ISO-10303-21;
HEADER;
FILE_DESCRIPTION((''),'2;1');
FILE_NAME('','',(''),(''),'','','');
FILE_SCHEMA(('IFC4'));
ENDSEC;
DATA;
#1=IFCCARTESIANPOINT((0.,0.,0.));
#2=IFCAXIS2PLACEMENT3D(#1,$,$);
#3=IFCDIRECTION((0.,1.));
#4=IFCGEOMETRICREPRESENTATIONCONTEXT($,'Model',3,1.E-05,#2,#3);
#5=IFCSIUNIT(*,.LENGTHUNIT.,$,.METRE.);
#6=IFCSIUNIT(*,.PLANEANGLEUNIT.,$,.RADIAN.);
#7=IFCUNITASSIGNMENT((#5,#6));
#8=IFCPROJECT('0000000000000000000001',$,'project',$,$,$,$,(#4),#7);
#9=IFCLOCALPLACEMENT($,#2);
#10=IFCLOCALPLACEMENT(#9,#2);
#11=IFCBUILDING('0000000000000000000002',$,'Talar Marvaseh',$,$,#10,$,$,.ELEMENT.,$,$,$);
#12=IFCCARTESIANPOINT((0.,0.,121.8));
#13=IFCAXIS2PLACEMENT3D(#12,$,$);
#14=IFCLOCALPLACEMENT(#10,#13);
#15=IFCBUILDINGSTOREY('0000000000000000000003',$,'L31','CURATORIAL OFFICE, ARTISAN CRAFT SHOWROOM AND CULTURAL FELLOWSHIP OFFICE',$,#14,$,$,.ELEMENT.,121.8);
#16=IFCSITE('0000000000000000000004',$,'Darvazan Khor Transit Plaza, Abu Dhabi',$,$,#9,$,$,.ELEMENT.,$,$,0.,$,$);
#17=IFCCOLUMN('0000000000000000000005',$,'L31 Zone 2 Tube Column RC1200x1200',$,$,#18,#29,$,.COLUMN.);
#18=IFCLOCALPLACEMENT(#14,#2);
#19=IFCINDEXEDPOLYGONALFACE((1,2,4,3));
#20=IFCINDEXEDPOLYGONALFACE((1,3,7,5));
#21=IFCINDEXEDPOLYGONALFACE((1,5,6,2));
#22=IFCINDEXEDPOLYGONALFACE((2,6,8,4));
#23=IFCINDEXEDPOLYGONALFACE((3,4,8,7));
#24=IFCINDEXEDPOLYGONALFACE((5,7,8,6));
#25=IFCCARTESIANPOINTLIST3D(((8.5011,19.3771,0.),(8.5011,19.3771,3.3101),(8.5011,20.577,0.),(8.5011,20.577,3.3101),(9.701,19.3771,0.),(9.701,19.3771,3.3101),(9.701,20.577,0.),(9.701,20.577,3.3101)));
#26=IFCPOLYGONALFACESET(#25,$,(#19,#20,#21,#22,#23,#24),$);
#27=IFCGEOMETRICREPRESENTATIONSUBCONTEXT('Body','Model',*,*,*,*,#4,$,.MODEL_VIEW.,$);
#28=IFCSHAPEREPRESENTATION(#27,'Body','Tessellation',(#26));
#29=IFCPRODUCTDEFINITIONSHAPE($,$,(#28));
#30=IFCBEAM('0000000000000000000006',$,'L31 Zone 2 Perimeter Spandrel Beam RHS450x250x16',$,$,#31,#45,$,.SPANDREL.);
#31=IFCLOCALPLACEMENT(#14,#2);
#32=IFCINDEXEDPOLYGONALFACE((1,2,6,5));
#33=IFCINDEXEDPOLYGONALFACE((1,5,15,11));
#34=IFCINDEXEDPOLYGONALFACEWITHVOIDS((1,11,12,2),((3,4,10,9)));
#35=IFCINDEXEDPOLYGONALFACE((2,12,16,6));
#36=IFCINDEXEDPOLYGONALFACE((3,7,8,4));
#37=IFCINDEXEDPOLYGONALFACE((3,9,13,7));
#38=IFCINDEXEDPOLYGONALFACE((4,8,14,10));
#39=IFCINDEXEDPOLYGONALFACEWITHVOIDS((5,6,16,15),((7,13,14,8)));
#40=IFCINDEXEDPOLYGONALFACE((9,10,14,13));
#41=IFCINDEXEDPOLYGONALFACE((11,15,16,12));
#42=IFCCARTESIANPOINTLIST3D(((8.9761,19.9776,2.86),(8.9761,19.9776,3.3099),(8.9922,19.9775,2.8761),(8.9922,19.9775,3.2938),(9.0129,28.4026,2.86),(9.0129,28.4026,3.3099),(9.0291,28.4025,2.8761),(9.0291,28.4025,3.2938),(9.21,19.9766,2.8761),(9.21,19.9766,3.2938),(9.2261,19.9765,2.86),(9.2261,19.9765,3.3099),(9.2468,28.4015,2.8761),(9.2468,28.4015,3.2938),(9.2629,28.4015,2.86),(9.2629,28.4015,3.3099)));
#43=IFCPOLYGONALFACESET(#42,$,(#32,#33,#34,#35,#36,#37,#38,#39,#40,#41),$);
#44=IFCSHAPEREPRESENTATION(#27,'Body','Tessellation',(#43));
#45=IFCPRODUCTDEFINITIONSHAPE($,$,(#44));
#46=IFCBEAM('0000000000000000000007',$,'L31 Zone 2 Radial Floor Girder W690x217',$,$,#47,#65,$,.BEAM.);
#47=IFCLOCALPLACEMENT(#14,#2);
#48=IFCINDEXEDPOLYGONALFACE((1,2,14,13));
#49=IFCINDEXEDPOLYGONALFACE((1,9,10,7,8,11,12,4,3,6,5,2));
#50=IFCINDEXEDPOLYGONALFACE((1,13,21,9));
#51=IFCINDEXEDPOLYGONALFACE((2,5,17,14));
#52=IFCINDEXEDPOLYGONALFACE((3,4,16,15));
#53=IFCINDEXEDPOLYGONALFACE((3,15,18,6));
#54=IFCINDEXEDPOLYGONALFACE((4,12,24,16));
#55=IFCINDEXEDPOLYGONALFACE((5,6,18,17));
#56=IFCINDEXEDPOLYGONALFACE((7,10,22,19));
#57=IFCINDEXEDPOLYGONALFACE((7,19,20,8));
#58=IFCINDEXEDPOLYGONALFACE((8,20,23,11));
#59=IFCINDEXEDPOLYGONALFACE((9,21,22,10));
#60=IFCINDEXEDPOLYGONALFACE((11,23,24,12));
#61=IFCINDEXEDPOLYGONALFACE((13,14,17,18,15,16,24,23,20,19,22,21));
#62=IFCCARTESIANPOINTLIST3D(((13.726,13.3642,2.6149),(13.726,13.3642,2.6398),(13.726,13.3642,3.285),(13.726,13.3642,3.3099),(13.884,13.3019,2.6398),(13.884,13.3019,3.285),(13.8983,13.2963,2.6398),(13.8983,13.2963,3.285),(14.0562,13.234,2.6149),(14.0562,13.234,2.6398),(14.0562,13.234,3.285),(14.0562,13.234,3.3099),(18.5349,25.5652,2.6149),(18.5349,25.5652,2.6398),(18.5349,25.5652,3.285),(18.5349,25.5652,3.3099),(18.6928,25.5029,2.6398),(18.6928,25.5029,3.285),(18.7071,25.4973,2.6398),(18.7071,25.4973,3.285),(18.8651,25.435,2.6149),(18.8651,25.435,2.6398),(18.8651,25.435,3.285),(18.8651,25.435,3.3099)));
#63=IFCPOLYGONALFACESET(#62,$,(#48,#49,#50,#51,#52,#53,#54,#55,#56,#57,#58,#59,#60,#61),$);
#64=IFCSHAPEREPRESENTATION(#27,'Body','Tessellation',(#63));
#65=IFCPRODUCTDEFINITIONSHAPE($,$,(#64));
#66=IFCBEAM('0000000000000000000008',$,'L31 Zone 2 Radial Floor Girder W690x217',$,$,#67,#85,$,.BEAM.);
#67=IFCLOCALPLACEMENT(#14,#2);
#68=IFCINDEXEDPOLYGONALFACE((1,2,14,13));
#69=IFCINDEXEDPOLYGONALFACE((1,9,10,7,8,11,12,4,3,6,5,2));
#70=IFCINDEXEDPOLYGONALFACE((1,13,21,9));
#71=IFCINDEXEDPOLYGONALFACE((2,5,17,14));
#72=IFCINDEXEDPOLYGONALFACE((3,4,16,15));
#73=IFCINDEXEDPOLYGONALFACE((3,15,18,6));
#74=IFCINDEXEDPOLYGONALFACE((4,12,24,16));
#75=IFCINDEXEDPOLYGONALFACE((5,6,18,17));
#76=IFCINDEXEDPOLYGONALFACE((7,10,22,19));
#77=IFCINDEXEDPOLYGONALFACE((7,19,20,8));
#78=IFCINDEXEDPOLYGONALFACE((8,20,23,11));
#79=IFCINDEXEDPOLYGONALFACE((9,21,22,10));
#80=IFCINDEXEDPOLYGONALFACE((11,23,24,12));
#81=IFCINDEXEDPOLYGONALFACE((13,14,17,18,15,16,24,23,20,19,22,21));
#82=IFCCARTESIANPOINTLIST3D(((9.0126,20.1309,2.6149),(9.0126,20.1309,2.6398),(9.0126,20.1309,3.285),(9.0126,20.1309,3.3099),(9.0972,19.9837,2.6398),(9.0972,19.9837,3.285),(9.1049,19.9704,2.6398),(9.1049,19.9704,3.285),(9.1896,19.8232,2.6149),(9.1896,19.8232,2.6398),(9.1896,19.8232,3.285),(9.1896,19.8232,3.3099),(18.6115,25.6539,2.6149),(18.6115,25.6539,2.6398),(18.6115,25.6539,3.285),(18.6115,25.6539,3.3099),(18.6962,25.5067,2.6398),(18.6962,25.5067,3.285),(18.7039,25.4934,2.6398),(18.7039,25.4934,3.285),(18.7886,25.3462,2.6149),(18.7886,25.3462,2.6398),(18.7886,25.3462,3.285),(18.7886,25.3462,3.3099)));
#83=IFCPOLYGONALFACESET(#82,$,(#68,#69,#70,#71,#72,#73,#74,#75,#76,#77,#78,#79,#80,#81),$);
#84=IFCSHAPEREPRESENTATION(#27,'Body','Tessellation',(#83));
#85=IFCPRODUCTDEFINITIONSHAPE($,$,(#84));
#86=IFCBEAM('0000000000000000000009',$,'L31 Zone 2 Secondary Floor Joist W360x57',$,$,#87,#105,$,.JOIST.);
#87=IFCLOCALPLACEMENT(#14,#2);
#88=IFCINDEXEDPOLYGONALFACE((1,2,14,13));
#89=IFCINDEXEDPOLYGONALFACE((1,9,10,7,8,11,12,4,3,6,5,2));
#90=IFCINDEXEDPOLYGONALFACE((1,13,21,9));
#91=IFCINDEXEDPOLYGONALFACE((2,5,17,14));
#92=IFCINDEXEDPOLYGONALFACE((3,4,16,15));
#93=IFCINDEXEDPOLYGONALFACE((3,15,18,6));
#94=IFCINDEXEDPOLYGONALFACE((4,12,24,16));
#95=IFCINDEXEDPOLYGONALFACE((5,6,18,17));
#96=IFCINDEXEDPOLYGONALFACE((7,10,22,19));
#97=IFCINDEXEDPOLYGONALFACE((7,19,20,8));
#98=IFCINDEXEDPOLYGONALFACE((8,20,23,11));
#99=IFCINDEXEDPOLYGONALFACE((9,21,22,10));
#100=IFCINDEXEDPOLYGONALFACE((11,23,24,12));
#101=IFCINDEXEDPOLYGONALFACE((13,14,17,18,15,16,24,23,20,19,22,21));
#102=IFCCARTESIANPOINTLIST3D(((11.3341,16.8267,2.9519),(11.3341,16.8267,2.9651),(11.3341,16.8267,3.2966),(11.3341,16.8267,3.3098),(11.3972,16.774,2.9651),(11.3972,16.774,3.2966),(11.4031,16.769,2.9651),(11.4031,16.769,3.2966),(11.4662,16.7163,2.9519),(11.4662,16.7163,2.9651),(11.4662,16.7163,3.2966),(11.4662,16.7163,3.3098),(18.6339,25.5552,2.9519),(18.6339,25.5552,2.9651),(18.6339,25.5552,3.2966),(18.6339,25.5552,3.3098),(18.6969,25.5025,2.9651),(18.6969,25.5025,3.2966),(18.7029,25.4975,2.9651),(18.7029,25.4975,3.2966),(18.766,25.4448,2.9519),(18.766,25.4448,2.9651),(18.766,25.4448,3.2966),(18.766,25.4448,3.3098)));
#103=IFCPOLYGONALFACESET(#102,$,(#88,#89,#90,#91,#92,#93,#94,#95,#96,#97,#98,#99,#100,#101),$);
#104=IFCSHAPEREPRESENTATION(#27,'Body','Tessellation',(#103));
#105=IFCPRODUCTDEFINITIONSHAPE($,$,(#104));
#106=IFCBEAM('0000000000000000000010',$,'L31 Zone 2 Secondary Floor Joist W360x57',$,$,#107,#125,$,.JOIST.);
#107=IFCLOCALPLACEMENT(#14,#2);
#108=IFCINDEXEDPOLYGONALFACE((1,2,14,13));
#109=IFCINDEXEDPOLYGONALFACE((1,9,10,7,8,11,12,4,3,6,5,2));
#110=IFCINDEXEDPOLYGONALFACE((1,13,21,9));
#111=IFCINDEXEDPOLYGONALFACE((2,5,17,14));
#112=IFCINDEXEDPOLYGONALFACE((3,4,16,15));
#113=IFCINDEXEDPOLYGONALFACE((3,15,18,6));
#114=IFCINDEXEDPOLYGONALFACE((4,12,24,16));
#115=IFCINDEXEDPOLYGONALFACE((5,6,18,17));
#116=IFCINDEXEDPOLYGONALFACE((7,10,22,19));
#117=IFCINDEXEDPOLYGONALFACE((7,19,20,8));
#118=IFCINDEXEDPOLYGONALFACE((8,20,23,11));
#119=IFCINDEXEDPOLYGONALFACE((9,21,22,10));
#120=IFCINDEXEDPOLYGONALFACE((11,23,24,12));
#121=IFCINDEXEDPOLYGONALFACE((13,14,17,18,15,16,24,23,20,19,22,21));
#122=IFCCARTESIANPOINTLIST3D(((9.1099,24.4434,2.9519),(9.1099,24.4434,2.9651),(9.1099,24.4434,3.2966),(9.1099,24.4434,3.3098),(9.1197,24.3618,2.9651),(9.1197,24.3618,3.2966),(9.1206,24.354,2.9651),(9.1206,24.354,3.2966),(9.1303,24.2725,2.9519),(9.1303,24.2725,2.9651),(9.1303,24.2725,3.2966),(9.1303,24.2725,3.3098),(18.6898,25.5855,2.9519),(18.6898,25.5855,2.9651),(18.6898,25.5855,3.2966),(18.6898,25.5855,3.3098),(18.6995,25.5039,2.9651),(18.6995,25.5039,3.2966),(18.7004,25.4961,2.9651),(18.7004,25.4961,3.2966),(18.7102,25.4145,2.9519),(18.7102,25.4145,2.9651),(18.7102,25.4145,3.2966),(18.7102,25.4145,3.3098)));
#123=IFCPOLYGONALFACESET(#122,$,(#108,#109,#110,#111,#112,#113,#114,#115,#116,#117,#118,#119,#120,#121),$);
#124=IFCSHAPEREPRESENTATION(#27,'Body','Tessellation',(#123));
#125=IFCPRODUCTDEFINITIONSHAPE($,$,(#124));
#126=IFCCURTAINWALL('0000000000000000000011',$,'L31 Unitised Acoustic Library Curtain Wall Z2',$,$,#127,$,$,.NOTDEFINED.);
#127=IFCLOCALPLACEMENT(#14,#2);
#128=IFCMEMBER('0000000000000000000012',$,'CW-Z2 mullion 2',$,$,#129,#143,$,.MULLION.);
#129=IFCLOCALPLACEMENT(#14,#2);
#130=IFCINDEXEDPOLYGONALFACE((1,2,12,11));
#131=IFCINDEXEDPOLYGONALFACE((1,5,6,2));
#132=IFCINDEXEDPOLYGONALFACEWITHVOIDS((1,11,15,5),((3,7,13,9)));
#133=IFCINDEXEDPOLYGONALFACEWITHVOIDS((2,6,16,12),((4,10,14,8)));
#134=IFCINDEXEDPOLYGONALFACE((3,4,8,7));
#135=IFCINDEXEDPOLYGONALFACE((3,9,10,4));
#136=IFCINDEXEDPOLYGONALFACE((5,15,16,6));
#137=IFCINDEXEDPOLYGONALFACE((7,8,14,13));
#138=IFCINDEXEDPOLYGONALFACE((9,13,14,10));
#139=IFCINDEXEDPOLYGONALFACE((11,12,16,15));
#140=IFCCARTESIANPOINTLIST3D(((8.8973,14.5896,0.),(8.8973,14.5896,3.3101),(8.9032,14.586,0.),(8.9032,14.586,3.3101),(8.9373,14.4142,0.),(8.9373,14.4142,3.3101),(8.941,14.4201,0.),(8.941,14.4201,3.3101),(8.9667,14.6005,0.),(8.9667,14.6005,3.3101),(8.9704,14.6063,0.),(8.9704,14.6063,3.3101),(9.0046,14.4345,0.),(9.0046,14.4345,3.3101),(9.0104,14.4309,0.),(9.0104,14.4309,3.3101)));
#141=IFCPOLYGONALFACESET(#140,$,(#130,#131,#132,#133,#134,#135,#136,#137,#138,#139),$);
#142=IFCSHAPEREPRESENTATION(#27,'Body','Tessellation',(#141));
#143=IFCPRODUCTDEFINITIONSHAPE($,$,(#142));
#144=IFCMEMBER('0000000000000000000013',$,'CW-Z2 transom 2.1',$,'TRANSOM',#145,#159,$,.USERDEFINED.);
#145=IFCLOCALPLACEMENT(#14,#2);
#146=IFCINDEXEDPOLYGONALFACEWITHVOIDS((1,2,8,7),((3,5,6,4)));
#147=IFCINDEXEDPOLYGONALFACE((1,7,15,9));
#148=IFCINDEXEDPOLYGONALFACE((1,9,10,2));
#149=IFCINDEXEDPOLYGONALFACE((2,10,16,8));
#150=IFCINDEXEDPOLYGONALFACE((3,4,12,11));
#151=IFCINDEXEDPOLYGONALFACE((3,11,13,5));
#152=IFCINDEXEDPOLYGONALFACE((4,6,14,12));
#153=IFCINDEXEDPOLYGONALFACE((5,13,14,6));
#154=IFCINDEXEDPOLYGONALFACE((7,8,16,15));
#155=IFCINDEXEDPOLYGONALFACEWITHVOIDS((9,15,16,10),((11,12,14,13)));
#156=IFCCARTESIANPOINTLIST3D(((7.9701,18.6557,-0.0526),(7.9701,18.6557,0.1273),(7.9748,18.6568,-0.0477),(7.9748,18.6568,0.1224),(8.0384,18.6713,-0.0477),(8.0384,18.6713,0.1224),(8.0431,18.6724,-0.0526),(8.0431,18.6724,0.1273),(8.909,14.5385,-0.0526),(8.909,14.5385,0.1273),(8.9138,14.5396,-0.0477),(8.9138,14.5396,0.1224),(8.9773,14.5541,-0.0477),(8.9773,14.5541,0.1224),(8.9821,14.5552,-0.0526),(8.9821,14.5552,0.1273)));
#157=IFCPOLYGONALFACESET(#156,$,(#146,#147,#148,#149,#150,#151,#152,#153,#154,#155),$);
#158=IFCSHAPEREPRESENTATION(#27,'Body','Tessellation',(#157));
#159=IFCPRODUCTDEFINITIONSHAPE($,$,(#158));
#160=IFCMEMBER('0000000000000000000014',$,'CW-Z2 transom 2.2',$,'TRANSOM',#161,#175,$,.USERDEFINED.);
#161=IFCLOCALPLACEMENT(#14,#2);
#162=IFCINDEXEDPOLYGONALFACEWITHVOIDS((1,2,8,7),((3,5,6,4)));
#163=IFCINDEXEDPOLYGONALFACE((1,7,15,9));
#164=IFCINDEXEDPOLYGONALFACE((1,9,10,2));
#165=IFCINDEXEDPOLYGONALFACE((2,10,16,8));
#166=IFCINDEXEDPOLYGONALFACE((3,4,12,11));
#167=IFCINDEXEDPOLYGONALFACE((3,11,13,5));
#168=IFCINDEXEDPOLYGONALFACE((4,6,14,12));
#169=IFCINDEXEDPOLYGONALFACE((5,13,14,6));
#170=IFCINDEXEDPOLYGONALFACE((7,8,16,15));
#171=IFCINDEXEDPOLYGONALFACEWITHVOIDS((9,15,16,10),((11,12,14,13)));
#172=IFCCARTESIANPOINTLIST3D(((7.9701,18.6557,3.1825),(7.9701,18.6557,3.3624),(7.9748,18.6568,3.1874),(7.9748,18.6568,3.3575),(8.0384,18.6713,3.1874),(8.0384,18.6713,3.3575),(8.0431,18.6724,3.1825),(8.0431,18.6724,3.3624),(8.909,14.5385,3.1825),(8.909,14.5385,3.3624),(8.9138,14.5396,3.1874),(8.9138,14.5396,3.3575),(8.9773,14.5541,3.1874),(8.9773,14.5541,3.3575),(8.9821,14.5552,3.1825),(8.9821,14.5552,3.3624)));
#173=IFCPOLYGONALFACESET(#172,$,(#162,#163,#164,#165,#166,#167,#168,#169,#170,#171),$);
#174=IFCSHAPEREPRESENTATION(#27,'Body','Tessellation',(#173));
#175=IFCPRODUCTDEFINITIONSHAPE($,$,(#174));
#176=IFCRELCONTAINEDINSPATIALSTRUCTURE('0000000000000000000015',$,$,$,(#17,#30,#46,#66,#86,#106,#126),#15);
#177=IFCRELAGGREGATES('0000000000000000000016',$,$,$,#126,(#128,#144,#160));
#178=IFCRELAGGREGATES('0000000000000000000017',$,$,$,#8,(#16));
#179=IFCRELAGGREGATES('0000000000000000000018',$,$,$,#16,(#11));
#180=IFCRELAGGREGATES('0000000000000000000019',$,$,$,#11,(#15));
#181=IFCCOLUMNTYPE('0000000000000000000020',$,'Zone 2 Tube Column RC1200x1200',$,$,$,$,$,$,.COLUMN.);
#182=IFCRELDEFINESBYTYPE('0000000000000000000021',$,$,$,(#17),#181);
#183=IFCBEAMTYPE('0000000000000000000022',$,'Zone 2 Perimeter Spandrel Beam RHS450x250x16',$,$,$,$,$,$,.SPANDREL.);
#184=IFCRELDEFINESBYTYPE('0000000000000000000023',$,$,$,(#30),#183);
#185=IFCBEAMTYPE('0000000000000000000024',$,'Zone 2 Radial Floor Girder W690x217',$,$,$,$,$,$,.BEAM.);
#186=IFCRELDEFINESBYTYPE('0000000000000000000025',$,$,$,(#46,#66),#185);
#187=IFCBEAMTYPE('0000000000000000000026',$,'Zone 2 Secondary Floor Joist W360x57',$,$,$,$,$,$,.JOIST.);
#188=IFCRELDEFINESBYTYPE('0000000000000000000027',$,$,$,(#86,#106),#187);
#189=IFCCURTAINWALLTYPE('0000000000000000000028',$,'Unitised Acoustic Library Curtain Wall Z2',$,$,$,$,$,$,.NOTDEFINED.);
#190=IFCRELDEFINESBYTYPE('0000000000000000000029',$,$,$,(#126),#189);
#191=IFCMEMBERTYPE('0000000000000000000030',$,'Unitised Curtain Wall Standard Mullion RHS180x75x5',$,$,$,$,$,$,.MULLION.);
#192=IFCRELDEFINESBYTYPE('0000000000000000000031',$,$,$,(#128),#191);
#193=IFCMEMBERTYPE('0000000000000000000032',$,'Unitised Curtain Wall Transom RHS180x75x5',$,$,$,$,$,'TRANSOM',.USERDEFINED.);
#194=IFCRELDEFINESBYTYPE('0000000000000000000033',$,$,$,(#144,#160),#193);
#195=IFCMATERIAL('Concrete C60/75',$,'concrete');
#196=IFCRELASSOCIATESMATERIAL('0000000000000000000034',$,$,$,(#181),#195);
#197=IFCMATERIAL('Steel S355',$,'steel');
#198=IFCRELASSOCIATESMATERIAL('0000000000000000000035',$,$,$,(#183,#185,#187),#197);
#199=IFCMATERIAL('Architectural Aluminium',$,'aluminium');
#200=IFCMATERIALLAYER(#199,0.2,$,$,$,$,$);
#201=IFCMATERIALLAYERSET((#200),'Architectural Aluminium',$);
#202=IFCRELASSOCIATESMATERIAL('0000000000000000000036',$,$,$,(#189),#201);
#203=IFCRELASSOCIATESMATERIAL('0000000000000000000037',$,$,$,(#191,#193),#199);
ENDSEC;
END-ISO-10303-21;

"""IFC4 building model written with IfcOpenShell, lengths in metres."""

from ifc_helpers import new_model, si_unit, direction, frame, origin, origin_2d, place, context, subcontext, project, spatial, rectangle, hollow_rectangle, i_section, extrude, source, transform, mapped, material, layer, layer_set, material_profile, profile_set, type_object, type_shapes, element, aggregate, save


model = new_model("IFC4")

# Units and contexts
model_context = context("Model", 3, precision=1e-05, world=origin(), true_north=direction((0.0, 1.0)))
body_context = subcontext(model_context, "Body", "Model", "MODEL_VIEW")
ifc_project = project(units=[si_unit("LENGTHUNIT", "METRE"), si_unit("PLANEANGLEUNIT", "RADIAN")], contexts=[model_context])

# Site, building, storey
site_placement = place(None, origin())
site = spatial("IfcSite", under=ifc_project, at=site_placement, Name="Darvazan Khor Transit Plaza, Abu Dhabi", CompositionType="ELEMENT", RefElevation=0.0)
building_placement = place(site_placement, origin())
building = spatial("IfcBuilding", under=site, at=building_placement, Name="Talar Marvaseh", CompositionType="ELEMENT")
storey_placement = place(building_placement, frame((0.0, 0.0, 121.8)))
storey = spatial("IfcBuildingStorey", under=building, at=storey_placement, Name="L31", Description="CURATORIAL OFFICE, ARTISAN CRAFT SHOWROOM AND CULTURAL FELLOWSHIP OFFICE", CompositionType="ELEMENT", Elevation=121.8)

# Column
ifc_material_1 = material(Name="Concrete C60/75", Category="concrete")
ifc_material_profile_1 = material_profile(ifc_material_1, rectangle(XDim=1.2, YDim=1.2, at=origin_2d()), Name="RC1200x1200")
ifc_profile_set_1 = profile_set([ifc_material_profile_1], Name="Concrete C60/75")
column_type = type_object("IfcColumnType", Name="Zone 2 Tube Column RC1200x1200", PredefinedType="COLUMN", material=ifc_profile_set_1)
column_placement = place(storey_placement, frame((9.1011, 19.9771, 0.0), z_axis=(0.0, 0.0, 1.0), x_axis=(1.0, 0.0, 0.0)))
element("IfcColumn", 1, at=column_placement, inside=storey, type_object=column_type, Name="L31 Zone 2 Tube Column RC1200x1200", PredefinedType="COLUMN", context=body_context, shape_type="SweptSolid", body=[
    extrude(rectangle(XDim=1.2, YDim=1.2, at=origin_2d()), origin(), (0.0, 0.0, 1.0), 3.3101),
])

# Beams
ifc_material_2 = material(Name="Steel S355", Category="steel")
ifc_material_profile_2 = material_profile(ifc_material_2, hollow_rectangle(XDim=0.25, YDim=0.45, WallThickness=0.0161, at=origin_2d()), Name="RHS450x250x16")
ifc_profile_set_2 = profile_set([ifc_material_profile_2], Name="Steel S355")
beam_type_1 = type_object("IfcBeamType", Name="Zone 2 Perimeter Spandrel Beam RHS450x250x16", PredefinedType="SPANDREL", material=ifc_profile_set_2)
beam_1_placement = place(storey_placement, frame((9.1011, 19.9771, 3.085), z_axis=(0.004376, 0.99999, 0.0), x_axis=(-0.99999, 0.004376, 0.0)))
element("IfcBeam", 2, at=beam_1_placement, inside=storey, type_object=beam_type_1, Name="L31 Zone 2 Perimeter Spandrel Beam RHS450x250x16", PredefinedType="SPANDREL", context=body_context, shape_type="SweptSolid", body=[
    extrude(hollow_rectangle(XDim=0.25, YDim=0.45, WallThickness=0.0161, at=origin_2d()), origin(), (0.0, 0.0, 1.0), 8.425),
])
ifc_material_profile_3 = material_profile(ifc_material_2, i_section(OverallWidth=0.355, OverallDepth=0.6951, WebThickness=0.0154, FlangeThickness=0.0249, at=origin_2d()), Name="W690x217")
ifc_profile_set_3 = profile_set([ifc_material_profile_3], Name="Steel S355")
beam_type_2 = type_object("IfcBeamType", Name="Zone 2 Radial Floor Girder W690x217", PredefinedType="BEAM", material=ifc_profile_set_3)
beam_2_placement = place(storey_placement, frame((13.8911, 13.2991, 2.9624), z_axis=(0.366684, 0.930346, 0.0), x_axis=(-0.930346, 0.366684, 0.0)))
element("IfcBeam", 3, at=beam_2_placement, inside=storey, type_object=beam_type_2, Name="L31 Zone 2 Radial Floor Girder W690x217", PredefinedType="BEAM", context=body_context, shape_type="SweptSolid", body=[
    extrude(i_section(OverallWidth=0.355, OverallDepth=0.6951, WebThickness=0.0154, FlangeThickness=0.0249, at=origin_2d()), origin(), (0.0, 0.0, 1.0), 13.1145),
])
beam_3_placement = place(storey_placement, frame((9.1011, 19.9771, 2.9624), z_axis=(0.866766, 0.498715, 0.0), x_axis=(-0.498715, 0.866766, 0.0)))
element("IfcBeam", 4, at=beam_3_placement, inside=storey, type_object=beam_type_2, Name="L31 Zone 2 Radial Floor Girder W690x217", PredefinedType="BEAM", context=body_context, shape_type="SweptSolid", body=[
    extrude(i_section(OverallWidth=0.355, OverallDepth=0.6951, WebThickness=0.0154, FlangeThickness=0.0249, at=origin_2d()), origin(), (0.0, 0.0, 1.0), 11.0745),
])
ifc_material_profile_4 = material_profile(ifc_material_2, i_section(OverallWidth=0.1721, OverallDepth=0.3579, WebThickness=0.0078, FlangeThickness=0.0132, at=origin_2d()), Name="W360x57")
ifc_profile_set_4 = profile_set([ifc_material_profile_4], Name="Steel S355")
beam_type_3 = type_object("IfcBeamType", Name="Zone 2 Secondary Floor Joist W360x57", PredefinedType="JOIST", material=ifc_profile_set_4)
beam_4_placement = place(storey_placement, frame((11.4001, 16.7715, 3.1309), z_axis=(0.641534, 0.767095, 0.0), x_axis=(-0.767095, 0.641534, 0.0)))
element("IfcBeam", 5, at=beam_4_placement, inside=storey, type_object=beam_type_3, Name="L31 Zone 2 Secondary Floor Joist W360x57", PredefinedType="JOIST", context=body_context, shape_type="SweptSolid", body=[
    extrude(i_section(OverallWidth=0.1721, OverallDepth=0.3579, WebThickness=0.0078, FlangeThickness=0.0132, at=origin_2d()), origin(), (0.0, 0.0, 1.0), 11.3787),
])
beam_5_placement = place(storey_placement, frame((9.1201, 24.3579, 3.1309), z_axis=(0.992968, 0.11838, 0.0), x_axis=(-0.11838, 0.992968, 0.0)))
element("IfcBeam", 6, at=beam_5_placement, inside=storey, type_object=beam_type_3, Name="L31 Zone 2 Secondary Floor Joist W360x57", PredefinedType="JOIST", context=body_context, shape_type="SweptSolid", body=[
    extrude(i_section(OverallWidth=0.1721, OverallDepth=0.3579, WebThickness=0.0078, FlangeThickness=0.0132, at=origin_2d()), origin(), (0.0, 0.0, 1.0), 9.6477),
])

# Curtain wall, members
ifc_material_3 = material(Name="Architectural Aluminium", Category="aluminium")
ifc_layer_1 = layer(ifc_material_3, 0.2)
ifc_layer_set_1 = layer_set([ifc_layer_1], Name="Architectural Aluminium")
curtain_wall_type = type_object("IfcCurtainWallType", Name="Unitised Acoustic Library Curtain Wall Z2", PredefinedType="NOTDEFINED", material=ifc_layer_set_1)
curtain_wall_placement = place(storey_placement, origin())
curtain_wall = element("IfcCurtainWall", 7, at=curtain_wall_placement, inside=storey, type_object=curtain_wall_type, Name="L31 Unitised Acoustic Library Curtain Wall Z2", PredefinedType="NOTDEFINED")
ifc_material_profile_5 = material_profile(ifc_material_3, hollow_rectangle(XDim=0.075, YDim=0.1799, WallThickness=0.0049, at=origin_2d()), Name="RHS180x75x5")
ifc_profile_set_5 = profile_set([ifc_material_profile_5], Name="Architectural Aluminium")
member_type_1 = type_object("IfcMemberType", Name="Unitised Curtain Wall Standard Mullion RHS180x75x5", PredefinedType="MULLION", material=ifc_profile_set_5)
shared_shape_1 = source(origin(), body_context, "Body", "SweptSolid", [
    extrude(hollow_rectangle(XDim=0.075, YDim=0.1799, WallThickness=0.0049, at=origin_2d()), origin(), (0.0, 0.0, 1.0), 3.3101),
])
type_shapes(member_type_1, [shared_shape_1])
member_1_placement = place(storey_placement, frame((8.9539, 14.5103, 0.0), z_axis=(0.0, 0.0, 1.0), x_axis=(-0.97497, -0.222335, 0.0)))
member_1 = element("IfcMember", 8, at=member_1_placement, type_object=member_type_1, Name="CW-Z2 mullion 2", PredefinedType="MULLION", context=body_context, shape_type="MappedRepresentation", body=[
    mapped(shared_shape_1, transform((0.0, 0.0, 0.0), x_axis=(1.0, 0.0, 0.0), y_axis=(0.0, 1.0, 0.0), z_axis=(0.0, 0.0, 1.0), scale=1.0)),
])
ifc_material_profile_6 = material_profile(ifc_material_3, hollow_rectangle(XDim=0.075, YDim=0.1799, WallThickness=0.0049, at=origin_2d()), Name="RHS180x75x5")
ifc_profile_set_6 = profile_set([ifc_material_profile_6], Name="Architectural Aluminium")
member_type_2 = type_object("IfcMemberType", Name="Unitised Curtain Wall Transom RHS180x75x5", ElementType="TRANSOM", PredefinedType="USERDEFINED", material=ifc_profile_set_6)
shared_shape_2 = source(origin(), body_context, "Body", "SweptSolid", [
    extrude(hollow_rectangle(XDim=0.075, YDim=0.1799, WallThickness=0.0049, at=origin_2d()), origin(), (0.0, 0.0, 1.0), 4.2229),
])
type_shapes(member_type_2, [shared_shape_2])
member_2_placement = place(storey_placement, frame((8.9456, 14.5469, 0.0374), z_axis=(-0.222351, 0.974967, 0.0), x_axis=(-0.974967, -0.222351, 0.0)))
member_2 = element("IfcMember", 9, at=member_2_placement, type_object=member_type_2, Name="CW-Z2 transom 2.1", ObjectType="TRANSOM", PredefinedType="USERDEFINED", context=body_context, shape_type="MappedRepresentation", body=[
    mapped(shared_shape_2, transform((0.0, 0.0, 0.0), x_axis=(1.0, 0.0, 0.0), y_axis=(0.0, 1.0, 0.0), z_axis=(0.0, 0.0, 1.0), scale=1.0)),
])
member_3_placement = place(storey_placement, frame((8.9456, 14.5469, 3.2725), z_axis=(-0.222351, 0.974967, 0.0), x_axis=(-0.974967, -0.222351, 0.0)))
member_3 = element("IfcMember", 10, at=member_3_placement, type_object=member_type_2, Name="CW-Z2 transom 2.2", ObjectType="TRANSOM", PredefinedType="USERDEFINED", context=body_context, shape_type="MappedRepresentation", body=[
    mapped(shared_shape_2, transform((0.0, 0.0, 0.0), x_axis=(1.0, 0.0, 0.0), y_axis=(0.0, 1.0, 0.0), z_axis=(0.0, 0.0, 1.0), scale=1.0)),
])
aggregate(curtain_wall, [member_1, member_2, member_3])

save(model, "model.ifc")
